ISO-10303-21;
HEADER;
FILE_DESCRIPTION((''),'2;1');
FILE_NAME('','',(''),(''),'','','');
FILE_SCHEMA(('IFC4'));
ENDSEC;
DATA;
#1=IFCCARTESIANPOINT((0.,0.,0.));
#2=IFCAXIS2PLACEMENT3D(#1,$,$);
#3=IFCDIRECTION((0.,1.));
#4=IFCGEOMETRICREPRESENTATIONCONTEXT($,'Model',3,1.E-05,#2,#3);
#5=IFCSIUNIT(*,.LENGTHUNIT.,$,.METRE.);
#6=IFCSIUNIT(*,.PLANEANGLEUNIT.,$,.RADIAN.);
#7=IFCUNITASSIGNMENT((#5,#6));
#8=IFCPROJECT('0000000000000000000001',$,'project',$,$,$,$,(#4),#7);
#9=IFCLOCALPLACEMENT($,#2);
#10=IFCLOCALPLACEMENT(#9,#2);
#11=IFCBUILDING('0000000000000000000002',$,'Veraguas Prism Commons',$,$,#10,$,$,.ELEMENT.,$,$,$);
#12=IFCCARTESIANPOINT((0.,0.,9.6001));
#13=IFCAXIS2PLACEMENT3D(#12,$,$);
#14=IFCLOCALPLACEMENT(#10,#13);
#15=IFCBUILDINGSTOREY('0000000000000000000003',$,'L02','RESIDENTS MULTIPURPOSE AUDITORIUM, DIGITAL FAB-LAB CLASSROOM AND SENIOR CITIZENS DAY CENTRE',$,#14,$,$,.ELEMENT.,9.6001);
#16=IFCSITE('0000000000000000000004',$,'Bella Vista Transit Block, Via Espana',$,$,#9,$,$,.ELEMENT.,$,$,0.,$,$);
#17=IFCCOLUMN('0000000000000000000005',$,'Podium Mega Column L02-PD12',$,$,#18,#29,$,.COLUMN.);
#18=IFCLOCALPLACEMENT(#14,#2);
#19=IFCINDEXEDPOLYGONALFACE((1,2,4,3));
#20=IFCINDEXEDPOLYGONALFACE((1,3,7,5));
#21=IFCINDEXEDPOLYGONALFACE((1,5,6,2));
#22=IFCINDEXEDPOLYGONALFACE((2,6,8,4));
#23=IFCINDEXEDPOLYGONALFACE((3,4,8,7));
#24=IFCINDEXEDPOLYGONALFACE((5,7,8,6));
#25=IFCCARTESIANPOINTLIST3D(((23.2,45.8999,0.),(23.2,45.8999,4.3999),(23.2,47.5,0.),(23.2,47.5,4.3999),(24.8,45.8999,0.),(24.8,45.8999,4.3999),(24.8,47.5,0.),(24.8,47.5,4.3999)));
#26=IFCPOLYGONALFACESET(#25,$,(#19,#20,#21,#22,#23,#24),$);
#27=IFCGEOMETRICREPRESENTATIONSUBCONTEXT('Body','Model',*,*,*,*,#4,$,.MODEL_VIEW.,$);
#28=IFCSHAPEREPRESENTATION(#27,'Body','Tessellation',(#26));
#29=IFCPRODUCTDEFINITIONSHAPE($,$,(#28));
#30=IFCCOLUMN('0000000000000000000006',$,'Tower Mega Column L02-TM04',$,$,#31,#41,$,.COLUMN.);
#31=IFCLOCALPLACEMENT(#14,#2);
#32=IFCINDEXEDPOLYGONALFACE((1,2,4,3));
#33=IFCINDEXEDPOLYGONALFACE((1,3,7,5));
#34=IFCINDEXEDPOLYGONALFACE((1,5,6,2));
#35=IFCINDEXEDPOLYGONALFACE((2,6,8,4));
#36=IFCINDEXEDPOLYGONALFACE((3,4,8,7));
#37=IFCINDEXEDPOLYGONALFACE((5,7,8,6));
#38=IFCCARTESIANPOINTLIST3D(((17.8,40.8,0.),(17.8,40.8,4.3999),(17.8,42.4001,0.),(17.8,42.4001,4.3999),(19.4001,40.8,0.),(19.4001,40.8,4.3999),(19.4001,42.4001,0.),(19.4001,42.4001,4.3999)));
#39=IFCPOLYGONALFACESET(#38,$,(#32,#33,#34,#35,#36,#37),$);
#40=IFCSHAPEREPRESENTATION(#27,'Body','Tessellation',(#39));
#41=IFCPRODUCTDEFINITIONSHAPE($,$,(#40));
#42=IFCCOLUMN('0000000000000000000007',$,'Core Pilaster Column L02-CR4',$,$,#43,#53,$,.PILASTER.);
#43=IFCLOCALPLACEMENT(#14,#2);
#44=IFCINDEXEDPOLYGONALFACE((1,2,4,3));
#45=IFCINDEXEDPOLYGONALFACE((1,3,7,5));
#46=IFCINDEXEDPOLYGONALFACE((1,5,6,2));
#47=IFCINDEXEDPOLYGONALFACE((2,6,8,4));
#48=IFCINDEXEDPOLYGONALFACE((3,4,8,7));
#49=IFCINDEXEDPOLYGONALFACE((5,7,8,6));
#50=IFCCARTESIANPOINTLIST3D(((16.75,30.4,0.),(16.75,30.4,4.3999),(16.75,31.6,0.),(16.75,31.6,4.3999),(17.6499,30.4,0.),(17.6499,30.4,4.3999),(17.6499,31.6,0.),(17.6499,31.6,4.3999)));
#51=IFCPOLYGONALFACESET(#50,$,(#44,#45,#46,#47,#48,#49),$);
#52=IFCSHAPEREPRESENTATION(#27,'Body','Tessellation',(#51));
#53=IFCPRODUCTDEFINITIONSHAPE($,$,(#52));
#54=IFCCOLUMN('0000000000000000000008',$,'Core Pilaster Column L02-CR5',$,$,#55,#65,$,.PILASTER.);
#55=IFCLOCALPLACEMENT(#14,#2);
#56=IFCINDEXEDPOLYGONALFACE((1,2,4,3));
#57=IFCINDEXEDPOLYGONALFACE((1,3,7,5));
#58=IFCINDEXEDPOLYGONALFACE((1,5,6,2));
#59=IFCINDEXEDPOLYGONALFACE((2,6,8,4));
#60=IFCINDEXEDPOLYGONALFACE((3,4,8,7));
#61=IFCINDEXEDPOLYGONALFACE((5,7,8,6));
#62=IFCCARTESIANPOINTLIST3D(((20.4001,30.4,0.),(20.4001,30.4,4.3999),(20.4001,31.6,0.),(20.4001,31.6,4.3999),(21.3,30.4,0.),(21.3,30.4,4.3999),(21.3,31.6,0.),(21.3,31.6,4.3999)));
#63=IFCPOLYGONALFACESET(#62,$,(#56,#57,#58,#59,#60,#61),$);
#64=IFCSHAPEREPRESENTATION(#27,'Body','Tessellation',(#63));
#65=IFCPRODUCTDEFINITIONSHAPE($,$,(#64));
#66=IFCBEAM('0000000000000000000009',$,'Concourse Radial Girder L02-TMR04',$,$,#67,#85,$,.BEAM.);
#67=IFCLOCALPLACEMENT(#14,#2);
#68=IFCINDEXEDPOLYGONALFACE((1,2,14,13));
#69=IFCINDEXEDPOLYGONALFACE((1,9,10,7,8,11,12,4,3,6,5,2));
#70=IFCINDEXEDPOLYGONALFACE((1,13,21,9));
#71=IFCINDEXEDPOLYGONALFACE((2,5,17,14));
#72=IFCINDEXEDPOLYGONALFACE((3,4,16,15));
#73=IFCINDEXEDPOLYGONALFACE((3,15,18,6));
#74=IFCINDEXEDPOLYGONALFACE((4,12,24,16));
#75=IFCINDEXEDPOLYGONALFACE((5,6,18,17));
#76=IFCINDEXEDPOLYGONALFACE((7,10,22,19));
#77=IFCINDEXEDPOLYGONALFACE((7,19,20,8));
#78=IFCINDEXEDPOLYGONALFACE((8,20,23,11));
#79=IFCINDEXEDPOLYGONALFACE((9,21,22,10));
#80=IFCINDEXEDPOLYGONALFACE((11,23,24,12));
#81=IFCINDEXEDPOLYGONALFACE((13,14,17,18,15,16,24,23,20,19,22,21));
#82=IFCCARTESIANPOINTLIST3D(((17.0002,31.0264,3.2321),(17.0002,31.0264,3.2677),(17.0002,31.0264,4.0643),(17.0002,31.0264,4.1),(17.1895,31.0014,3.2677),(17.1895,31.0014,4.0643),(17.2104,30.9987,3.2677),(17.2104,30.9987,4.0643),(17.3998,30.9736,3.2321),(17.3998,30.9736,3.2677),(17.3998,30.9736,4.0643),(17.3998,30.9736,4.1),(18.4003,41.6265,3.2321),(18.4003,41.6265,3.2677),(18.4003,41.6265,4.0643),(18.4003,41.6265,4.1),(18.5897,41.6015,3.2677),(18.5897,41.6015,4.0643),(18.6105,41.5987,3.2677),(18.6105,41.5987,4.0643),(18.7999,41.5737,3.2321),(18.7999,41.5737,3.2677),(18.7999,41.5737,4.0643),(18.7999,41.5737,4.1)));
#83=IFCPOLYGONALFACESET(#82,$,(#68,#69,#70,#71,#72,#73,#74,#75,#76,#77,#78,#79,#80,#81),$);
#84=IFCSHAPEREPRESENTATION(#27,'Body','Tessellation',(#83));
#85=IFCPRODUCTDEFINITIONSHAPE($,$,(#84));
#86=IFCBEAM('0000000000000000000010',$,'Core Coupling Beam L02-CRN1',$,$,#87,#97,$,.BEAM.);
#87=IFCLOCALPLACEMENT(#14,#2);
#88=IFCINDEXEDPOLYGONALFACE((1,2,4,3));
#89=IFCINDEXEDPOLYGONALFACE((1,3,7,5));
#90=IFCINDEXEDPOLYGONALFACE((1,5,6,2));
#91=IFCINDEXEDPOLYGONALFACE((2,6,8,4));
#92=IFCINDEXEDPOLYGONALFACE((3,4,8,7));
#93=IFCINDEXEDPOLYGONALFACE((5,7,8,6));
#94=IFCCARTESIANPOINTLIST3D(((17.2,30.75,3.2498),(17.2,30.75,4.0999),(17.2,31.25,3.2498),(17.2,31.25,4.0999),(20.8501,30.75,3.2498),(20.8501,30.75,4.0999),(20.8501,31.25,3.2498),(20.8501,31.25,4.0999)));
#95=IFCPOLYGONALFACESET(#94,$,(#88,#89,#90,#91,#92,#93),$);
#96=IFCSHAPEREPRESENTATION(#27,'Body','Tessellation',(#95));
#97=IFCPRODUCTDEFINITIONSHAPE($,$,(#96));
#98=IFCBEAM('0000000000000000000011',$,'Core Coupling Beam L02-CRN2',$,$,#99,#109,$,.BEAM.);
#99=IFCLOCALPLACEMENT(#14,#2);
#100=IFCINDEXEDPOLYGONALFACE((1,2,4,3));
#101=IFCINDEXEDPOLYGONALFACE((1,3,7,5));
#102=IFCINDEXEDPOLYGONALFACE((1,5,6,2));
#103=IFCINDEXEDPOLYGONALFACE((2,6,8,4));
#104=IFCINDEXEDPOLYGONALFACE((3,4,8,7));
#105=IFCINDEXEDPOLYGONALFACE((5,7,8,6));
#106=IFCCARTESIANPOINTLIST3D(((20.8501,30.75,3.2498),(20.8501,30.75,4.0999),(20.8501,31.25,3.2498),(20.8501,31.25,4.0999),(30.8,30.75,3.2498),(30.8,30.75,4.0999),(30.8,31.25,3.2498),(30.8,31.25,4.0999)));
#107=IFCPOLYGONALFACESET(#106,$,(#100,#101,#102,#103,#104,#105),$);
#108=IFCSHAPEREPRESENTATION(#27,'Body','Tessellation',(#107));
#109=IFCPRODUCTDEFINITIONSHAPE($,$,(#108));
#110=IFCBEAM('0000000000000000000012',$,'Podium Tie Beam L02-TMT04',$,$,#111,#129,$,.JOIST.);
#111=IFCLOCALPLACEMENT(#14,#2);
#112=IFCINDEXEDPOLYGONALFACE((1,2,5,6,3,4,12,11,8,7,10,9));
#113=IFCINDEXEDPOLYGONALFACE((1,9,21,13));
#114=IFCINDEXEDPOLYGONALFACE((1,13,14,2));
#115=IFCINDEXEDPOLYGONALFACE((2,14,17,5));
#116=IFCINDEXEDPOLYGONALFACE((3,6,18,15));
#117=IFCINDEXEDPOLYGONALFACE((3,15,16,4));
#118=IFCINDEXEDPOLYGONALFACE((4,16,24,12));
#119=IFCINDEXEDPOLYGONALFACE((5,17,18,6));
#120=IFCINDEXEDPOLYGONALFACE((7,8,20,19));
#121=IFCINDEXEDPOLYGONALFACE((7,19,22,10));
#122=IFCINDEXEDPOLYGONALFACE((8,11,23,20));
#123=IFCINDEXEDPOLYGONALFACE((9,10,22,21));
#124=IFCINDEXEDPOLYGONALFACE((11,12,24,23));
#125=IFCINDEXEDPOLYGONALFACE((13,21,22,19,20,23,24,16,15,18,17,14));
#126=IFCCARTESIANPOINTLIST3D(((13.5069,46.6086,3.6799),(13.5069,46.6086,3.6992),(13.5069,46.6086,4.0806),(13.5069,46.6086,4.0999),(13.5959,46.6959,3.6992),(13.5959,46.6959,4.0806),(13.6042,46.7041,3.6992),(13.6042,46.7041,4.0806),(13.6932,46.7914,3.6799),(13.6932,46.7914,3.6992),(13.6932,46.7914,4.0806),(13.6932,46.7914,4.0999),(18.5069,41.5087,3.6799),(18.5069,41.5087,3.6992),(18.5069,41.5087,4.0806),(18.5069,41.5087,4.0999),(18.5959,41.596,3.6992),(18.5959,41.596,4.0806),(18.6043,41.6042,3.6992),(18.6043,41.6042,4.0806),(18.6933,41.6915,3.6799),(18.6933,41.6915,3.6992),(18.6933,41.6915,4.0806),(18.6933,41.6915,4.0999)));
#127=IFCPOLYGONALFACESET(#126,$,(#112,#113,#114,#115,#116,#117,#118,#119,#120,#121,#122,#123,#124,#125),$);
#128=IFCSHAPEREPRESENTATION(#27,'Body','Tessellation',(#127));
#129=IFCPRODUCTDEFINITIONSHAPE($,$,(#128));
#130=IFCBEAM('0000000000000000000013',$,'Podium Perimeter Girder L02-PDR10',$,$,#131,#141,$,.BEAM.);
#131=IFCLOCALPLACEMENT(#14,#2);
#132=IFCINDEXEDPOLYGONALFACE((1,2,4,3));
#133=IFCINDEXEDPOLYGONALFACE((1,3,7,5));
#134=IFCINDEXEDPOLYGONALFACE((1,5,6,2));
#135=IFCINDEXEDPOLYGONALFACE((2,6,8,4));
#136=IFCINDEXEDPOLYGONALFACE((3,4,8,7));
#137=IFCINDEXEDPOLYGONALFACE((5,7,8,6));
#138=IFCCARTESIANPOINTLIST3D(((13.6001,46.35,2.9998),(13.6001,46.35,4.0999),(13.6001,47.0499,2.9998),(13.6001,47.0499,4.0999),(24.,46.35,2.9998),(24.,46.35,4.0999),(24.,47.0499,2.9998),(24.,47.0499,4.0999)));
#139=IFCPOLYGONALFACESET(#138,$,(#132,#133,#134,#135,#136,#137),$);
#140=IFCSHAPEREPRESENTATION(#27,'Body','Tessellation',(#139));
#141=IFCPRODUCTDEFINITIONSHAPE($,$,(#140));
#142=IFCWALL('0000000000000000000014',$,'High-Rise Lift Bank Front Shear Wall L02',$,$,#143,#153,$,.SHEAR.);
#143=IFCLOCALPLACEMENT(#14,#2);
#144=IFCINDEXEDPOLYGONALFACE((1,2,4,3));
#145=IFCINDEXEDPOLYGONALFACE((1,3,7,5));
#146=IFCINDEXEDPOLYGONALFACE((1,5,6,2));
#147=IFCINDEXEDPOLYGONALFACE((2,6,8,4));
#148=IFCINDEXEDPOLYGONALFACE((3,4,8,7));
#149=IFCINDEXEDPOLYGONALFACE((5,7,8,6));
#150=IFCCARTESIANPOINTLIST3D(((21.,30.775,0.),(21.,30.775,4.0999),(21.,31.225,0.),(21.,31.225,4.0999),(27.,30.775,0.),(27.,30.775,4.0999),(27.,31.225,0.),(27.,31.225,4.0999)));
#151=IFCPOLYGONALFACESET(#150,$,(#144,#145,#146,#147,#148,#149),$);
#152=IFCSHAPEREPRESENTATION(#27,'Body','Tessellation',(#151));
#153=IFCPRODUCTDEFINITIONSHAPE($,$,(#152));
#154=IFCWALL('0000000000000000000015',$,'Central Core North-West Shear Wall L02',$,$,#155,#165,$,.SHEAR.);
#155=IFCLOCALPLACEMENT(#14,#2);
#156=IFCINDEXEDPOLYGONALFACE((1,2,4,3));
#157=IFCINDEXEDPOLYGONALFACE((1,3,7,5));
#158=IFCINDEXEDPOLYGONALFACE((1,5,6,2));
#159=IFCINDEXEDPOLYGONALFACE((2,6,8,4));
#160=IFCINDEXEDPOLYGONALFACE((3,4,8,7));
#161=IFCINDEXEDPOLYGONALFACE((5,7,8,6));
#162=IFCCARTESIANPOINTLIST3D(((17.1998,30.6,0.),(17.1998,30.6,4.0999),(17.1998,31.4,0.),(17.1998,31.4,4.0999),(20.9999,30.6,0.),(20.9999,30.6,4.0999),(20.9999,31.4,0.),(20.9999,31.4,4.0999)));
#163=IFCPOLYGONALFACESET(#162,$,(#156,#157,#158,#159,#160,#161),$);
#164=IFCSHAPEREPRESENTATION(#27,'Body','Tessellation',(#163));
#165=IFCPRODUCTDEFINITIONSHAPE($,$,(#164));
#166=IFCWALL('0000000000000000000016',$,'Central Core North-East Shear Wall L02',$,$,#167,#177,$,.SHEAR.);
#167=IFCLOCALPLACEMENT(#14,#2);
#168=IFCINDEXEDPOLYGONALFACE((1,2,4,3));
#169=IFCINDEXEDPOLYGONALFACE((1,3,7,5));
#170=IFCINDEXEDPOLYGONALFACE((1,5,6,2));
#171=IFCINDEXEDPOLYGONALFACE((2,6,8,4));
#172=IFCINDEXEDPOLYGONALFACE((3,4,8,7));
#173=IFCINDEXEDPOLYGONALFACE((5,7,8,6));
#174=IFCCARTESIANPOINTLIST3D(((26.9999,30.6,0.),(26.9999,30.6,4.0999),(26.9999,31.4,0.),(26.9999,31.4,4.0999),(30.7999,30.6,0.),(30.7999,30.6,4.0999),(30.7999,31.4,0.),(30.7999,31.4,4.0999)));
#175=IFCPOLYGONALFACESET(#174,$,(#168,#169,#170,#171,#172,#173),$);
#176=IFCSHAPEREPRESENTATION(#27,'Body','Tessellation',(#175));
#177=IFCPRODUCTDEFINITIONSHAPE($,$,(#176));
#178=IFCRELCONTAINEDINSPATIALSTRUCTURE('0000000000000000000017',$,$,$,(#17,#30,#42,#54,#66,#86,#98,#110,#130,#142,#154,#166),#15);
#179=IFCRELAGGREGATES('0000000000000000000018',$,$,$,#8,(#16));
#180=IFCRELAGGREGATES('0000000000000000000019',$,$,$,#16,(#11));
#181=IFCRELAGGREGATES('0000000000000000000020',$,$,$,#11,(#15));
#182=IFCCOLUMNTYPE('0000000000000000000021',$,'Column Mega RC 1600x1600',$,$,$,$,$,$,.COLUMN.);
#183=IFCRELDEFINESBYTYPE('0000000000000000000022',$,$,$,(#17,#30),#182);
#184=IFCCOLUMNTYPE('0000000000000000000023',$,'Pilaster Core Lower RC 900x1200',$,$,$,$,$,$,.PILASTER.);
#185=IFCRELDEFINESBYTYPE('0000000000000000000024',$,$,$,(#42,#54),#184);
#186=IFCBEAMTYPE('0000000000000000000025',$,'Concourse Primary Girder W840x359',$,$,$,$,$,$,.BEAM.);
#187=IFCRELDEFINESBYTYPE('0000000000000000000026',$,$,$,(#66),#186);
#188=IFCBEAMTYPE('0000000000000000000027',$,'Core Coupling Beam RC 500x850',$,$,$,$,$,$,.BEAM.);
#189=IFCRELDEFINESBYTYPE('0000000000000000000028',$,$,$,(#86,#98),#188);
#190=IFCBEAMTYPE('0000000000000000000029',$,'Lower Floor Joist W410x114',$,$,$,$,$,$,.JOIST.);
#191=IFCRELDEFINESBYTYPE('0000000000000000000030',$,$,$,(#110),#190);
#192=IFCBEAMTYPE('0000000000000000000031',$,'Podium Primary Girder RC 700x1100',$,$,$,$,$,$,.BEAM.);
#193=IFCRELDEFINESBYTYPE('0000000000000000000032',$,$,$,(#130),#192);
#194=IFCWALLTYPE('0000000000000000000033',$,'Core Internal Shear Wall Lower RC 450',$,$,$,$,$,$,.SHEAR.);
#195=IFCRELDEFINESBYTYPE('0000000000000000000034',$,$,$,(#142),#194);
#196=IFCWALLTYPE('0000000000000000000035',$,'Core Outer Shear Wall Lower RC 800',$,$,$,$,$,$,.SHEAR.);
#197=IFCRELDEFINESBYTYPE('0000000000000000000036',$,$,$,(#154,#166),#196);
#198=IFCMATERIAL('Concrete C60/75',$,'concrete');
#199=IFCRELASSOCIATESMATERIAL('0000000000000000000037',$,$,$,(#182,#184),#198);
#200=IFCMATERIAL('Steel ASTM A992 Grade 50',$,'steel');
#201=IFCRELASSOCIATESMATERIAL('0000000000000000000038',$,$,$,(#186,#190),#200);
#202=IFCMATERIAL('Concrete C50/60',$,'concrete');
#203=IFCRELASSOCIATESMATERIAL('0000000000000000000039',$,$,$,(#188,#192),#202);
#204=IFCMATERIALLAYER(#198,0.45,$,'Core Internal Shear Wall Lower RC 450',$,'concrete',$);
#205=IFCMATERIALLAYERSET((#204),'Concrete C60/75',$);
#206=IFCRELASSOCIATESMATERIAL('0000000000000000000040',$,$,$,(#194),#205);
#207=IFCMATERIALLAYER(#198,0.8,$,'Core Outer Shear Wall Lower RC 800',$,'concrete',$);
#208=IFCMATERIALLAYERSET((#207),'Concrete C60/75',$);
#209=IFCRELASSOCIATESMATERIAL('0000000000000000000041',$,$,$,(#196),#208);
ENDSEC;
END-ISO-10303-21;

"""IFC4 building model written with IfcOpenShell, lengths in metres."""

from ifc_helpers import new_model, si_unit, direction, frame, frame_2d, origin, origin_2d, place, context, subcontext, project, spatial, rectangle, i_section, extrude, material, layer, layer_set, material_profile, profile_set, type_object, element, save


model = new_model("IFC4")

# Units and contexts
model_context = context("Model", 3, precision=1e-05, world=origin(), true_north=direction((0.0, 1.0)))
body_context = subcontext(model_context, "Body", "Model", "MODEL_VIEW")
ifc_project = project(units=[si_unit("LENGTHUNIT", "METRE"), si_unit("PLANEANGLEUNIT", "RADIAN")], contexts=[model_context])

# Site, building, storey
site_placement = place(None, origin())
site = spatial("IfcSite", under=ifc_project, at=site_placement, Name="Bella Vista Transit Block, Via Espana", CompositionType="ELEMENT", RefElevation=0.0)
building_placement = place(site_placement, origin())
building = spatial("IfcBuilding", under=site, at=building_placement, Name="Veraguas Prism Commons", CompositionType="ELEMENT")
storey_placement = place(building_placement, frame((0.0, 0.0, 9.6001)))
storey = spatial("IfcBuildingStorey", under=building, at=storey_placement, Name="L02", Description="RESIDENTS MULTIPURPOSE AUDITORIUM, DIGITAL FAB-LAB CLASSROOM AND SENIOR CITIZENS DAY CENTRE", CompositionType="ELEMENT", Elevation=9.6001)

# Columns
ifc_material_1 = material(Name="Concrete C60/75", Category="concrete")
ifc_material_profile_1 = material_profile(ifc_material_1, rectangle(XDim=1.6001, YDim=1.6001, at=origin_2d()), Name="RC1600X1600")
ifc_profile_set_1 = profile_set([ifc_material_profile_1], Name="Concrete C60/75")
column_type_1 = type_object("IfcColumnType", Name="Column Mega RC 1600x1600", PredefinedType="COLUMN", material=ifc_profile_set_1)
for number, where, z_axis, x_axis, name in (
    (1, (24.0, 46.7, 0.0), (0.0, 0.0, 1.0), (1.0, 0.0, 0.0), "Podium Mega Column L02-PD12"),
    (2, (18.6001, 41.6001, 0.0), (0.0, 0.0, 1.0), (1.0, 0.0, 0.0), "Tower Mega Column L02-TM04"),
):
    element("IfcColumn", number, at=place(storey_placement, frame(where, z_axis=z_axis, x_axis=x_axis)), inside=storey, type_object=column_type_1, Name=name, PredefinedType="COLUMN", context=body_context, shape_type="SweptSolid", body=[
        extrude(rectangle(XDim=1.6001, YDim=1.6001, at=origin_2d()), origin(), (0.0, 0.0, 1.0), 4.3999),
    ])
ifc_material_profile_2 = material_profile(ifc_material_1, rectangle(XDim=0.8999, YDim=1.2, at=origin_2d()), Name="RC900X1200")
ifc_profile_set_2 = profile_set([ifc_material_profile_2], Name="Concrete C60/75")
column_type_2 = type_object("IfcColumnType", Name="Pilaster Core Lower RC 900x1200", PredefinedType="PILASTER", material=ifc_profile_set_2)
for number, where, z_axis, x_axis, name in (
    (3, (17.2, 31.0, 0.0), (0.0, 0.0, 1.0), (1.0, 0.0, 0.0), "Core Pilaster Column L02-CR4"),
    (4, (20.8501, 31.0, 0.0), (0.0, 0.0, 1.0), (1.0, 0.0, 0.0), "Core Pilaster Column L02-CR5"),
):
    element("IfcColumn", number, at=place(storey_placement, frame(where, z_axis=z_axis, x_axis=x_axis)), inside=storey, type_object=column_type_2, Name=name, PredefinedType="PILASTER", context=body_context, shape_type="SweptSolid", body=[
        extrude(rectangle(XDim=0.8999, YDim=1.2, at=origin_2d()), origin(), (0.0, 0.0, 1.0), 4.3999),
    ])

# Beams
ifc_material_2 = material(Name="Steel ASTM A992 Grade 50", Category="steel")
ifc_material_profile_3 = material_profile(ifc_material_2, i_section(OverallWidth=0.4031, OverallDepth=0.8679, WebThickness=0.021, FlangeThickness=0.0356, at=origin_2d()), Name="W840X359")
ifc_profile_set_3 = profile_set([ifc_material_profile_3], Name="Steel ASTM A992 Grade 50")
beam_type_1 = type_object("IfcBeamType", Name="Concourse Primary Girder W840x359", PredefinedType="BEAM", material=ifc_profile_set_3)
beam_1_placement = place(storey_placement, frame((18.6001, 41.6001, 3.666), z_axis=(-0.130951, -0.991389, 0.0), x_axis=(0.991389, -0.130951, 0.0)))
element("IfcBeam", 5, at=beam_1_placement, inside=storey, type_object=beam_type_1, Name="Concourse Radial Girder L02-TMR04", PredefinedType="BEAM", context=body_context, shape_type="SweptSolid", body=[
    extrude(i_section(OverallWidth=0.4031, OverallDepth=0.8679, WebThickness=0.021, FlangeThickness=0.0356, at=origin_2d()), origin(), (0.0, 0.0, 1.0), 10.6921),
])
ifc_material_3 = material(Name="Concrete C50/60", Category="concrete")
ifc_material_profile_4 = material_profile(ifc_material_3, rectangle(XDim=0.5, YDim=0.8501, at=origin_2d()), Name="RC500X850")
ifc_profile_set_4 = profile_set([ifc_material_profile_4], Name="Concrete C50/60")
beam_type_2 = type_object("IfcBeamType", Name="Core Coupling Beam RC 500x850", PredefinedType="BEAM", material=ifc_profile_set_4)
beam_2_placement = place(storey_placement, frame((17.2, 31.0, 3.6748), z_axis=(1.0, 0.0, 0.0), x_axis=(0.0, 1.0, 0.0)))
element("IfcBeam", 6, at=beam_2_placement, inside=storey, type_object=beam_type_2, Name="Core Coupling Beam L02-CRN1", PredefinedType="BEAM", context=body_context, shape_type="SweptSolid", body=[
    extrude(rectangle(XDim=0.5, YDim=0.8501, at=origin_2d()), origin(), (0.0, 0.0, 1.0), 3.6501),
])
beam_3_placement = place(storey_placement, frame((20.8501, 31.0, 3.6748), z_axis=(1.0, 0.0, 0.0), x_axis=(0.0, 1.0, 0.0)))
element("IfcBeam", 7, at=beam_3_placement, inside=storey, type_object=beam_type_2, Name="Core Coupling Beam L02-CRN2", PredefinedType="BEAM", context=body_context, shape_type="SweptSolid", body=[
    extrude(rectangle(XDim=0.5, YDim=0.8501, at=origin_2d()), origin(), (0.0, 0.0, 1.0), 9.95),
])
ifc_material_profile_5 = material_profile(ifc_material_2, i_section(OverallWidth=0.261, OverallDepth=0.4199, WebThickness=0.0117, FlangeThickness=0.0193, at=origin_2d()), Name="W410X114")
ifc_profile_set_5 = profile_set([ifc_material_profile_5], Name="Steel ASTM A992 Grade 50")
beam_type_3 = type_object("IfcBeamType", Name="Lower Floor Joist W410x114", PredefinedType="JOIST", material=ifc_profile_set_5)
beam_4_placement = place(storey_placement, frame((18.6001, 41.6001, 3.8899), z_axis=(-0.700082, 0.714063, 0.0), x_axis=(-0.714063, -0.700082, 0.0)))
element("IfcBeam", 8, at=beam_4_placement, inside=storey, type_object=beam_type_3, Name="Podium Tie Beam L02-TMT04", PredefinedType="JOIST", context=body_context, shape_type="SweptSolid", body=[
    extrude(i_section(OverallWidth=0.261, OverallDepth=0.4199, WebThickness=0.0117, FlangeThickness=0.0193, at=origin_2d()), origin(), (0.0, 0.0, 1.0), 7.1421),
])
ifc_material_profile_6 = material_profile(ifc_material_3, rectangle(XDim=0.7, YDim=1.1001, at=origin_2d()), Name="RC700X1100")
ifc_profile_set_6 = profile_set([ifc_material_profile_6], Name="Concrete C50/60")
beam_type_4 = type_object("IfcBeamType", Name="Podium Primary Girder RC 700x1100", PredefinedType="BEAM", material=ifc_profile_set_6)
beam_5_placement = place(storey_placement, frame((24.0, 46.7, 3.5498), z_axis=(-1.0, 0.0, 0.0), x_axis=(0.0, -1.0, 0.0)))
element("IfcBeam", 9, at=beam_5_placement, inside=storey, type_object=beam_type_4, Name="Podium Perimeter Girder L02-PDR10", PredefinedType="BEAM", context=body_context, shape_type="SweptSolid", body=[
    extrude(rectangle(XDim=0.7, YDim=1.1001, at=origin_2d()), origin(), (0.0, 0.0, 1.0), 10.3999),
])

# Walls
ifc_layer_1 = layer(ifc_material_1, 0.45, Name="Core Internal Shear Wall Lower RC 450", Category="concrete")
ifc_layer_set_1 = layer_set([ifc_layer_1], Name="Concrete C60/75")
wall_type_1 = type_object("IfcWallType", Name="Core Internal Shear Wall Lower RC 450", PredefinedType="SHEAR", material=ifc_layer_set_1)
wall_1_placement = place(storey_placement, frame((21.0, 31.0, 0.0), z_axis=(0.0, 0.0, 1.0), x_axis=(1.0, 0.0, 0.0)))
element("IfcWall", 10, at=wall_1_placement, inside=storey, type_object=wall_type_1, Name="High-Rise Lift Bank Front Shear Wall L02", PredefinedType="SHEAR", context=body_context, shape_type="SweptSolid", body=[
    extrude(rectangle(XDim=6.0, YDim=0.45, at=frame_2d((3.0, 0.0))), origin(), (0.0, 0.0, 1.0), 4.0999),
])
ifc_layer_2 = layer(ifc_material_1, 0.8, Name="Core Outer Shear Wall Lower RC 800", Category="concrete")
ifc_layer_set_2 = layer_set([ifc_layer_2], Name="Concrete C60/75")
wall_type_2 = type_object("IfcWallType", Name="Core Outer Shear Wall Lower RC 800", PredefinedType="SHEAR", material=ifc_layer_set_2)
for number, where, z_axis, x_axis, name in (
    (11, (17.2, 31.0, 0.0), (0.0, 0.0, 1.0), (1.0, 0.0, 0.0), "Central Core North-West Shear Wall L02"),
    (12, (27.0, 31.0, 0.0), (0.0, 0.0, 1.0), (1.0, 0.0, 0.0), "Central Core North-East Shear Wall L02"),
):
    element("IfcWall", number, at=place(storey_placement, frame(where, z_axis=z_axis, x_axis=x_axis)), inside=storey, type_object=wall_type_2, Name=name, PredefinedType="SHEAR", context=body_context, shape_type="SweptSolid", body=[
        extrude(rectangle(XDim=3.8, YDim=0.8, at=frame_2d((1.8999, 0.0))), origin(), (0.0, 0.0, 1.0), 4.0999),
    ])

save(model, "model.ifc")
